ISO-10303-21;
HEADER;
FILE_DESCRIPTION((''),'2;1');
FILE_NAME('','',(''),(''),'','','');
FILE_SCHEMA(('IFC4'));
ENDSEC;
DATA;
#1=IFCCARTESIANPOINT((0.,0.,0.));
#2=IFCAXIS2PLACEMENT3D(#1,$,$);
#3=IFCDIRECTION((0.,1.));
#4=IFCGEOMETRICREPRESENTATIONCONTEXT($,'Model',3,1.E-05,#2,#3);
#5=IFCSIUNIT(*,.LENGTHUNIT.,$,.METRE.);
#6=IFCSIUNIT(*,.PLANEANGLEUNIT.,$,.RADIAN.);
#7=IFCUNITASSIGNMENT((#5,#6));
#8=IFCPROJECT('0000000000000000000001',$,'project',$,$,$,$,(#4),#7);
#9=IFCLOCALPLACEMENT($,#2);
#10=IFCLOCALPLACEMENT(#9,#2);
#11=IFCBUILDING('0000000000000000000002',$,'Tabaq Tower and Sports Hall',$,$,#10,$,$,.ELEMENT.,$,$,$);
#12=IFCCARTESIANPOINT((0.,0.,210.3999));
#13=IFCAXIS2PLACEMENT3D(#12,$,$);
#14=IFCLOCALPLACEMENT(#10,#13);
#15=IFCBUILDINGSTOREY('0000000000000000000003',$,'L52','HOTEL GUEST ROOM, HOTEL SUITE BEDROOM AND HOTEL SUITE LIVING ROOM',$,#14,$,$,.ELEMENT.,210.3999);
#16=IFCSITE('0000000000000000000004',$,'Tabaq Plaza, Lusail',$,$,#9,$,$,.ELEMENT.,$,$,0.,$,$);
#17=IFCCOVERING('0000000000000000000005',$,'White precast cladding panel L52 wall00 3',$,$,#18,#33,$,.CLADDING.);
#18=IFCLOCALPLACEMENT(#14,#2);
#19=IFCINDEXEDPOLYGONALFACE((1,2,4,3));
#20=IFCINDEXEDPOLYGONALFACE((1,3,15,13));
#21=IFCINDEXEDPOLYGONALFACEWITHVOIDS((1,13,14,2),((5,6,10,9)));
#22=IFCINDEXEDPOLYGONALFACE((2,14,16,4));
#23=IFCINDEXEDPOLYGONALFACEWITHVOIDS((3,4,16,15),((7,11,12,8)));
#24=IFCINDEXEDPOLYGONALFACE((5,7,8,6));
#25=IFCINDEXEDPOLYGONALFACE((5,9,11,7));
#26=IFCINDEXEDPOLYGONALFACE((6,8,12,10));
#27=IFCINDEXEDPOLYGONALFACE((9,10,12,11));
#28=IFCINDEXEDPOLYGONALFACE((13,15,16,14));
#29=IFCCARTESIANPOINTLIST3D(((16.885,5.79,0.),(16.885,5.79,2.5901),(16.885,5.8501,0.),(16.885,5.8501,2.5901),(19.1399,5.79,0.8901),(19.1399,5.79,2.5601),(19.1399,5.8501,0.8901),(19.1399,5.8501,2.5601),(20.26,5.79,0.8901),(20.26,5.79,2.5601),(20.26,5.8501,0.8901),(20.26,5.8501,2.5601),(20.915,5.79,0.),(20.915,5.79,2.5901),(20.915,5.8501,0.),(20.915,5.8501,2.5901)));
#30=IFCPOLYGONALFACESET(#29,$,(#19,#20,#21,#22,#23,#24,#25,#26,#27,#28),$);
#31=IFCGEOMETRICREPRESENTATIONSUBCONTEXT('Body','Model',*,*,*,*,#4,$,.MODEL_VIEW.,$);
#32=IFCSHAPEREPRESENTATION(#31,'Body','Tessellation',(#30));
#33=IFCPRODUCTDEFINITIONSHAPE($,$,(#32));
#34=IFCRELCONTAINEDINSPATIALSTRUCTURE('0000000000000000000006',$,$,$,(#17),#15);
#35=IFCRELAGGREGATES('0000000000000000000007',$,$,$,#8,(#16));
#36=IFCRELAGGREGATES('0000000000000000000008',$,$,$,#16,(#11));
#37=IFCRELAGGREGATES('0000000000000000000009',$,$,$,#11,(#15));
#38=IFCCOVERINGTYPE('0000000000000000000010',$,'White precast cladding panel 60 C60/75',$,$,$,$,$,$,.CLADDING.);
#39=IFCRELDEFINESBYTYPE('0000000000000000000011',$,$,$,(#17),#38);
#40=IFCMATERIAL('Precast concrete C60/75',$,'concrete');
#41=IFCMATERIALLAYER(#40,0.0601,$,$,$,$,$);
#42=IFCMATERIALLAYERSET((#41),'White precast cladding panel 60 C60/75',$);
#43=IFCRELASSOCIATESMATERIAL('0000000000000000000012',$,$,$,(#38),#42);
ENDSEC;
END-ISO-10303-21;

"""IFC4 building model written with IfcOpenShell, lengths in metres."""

from ifc_helpers import new_model, si_unit, direction, frame, origin, place, context, subcontext, project, spatial, polyline, outline, extrude, material, layer, layer_set, type_object, element, save


model = new_model("IFC4")

# Units and contexts
model_context = context("Model", 3, precision=1e-05, world=origin(), true_north=direction((0.0, 1.0)))
body_context = subcontext(model_context, "Body", "Model", "MODEL_VIEW")
ifc_project = project(units=[si_unit("LENGTHUNIT", "METRE"), si_unit("PLANEANGLEUNIT", "RADIAN")], contexts=[model_context])

# Site, building, storey
site_placement = place(None, origin())
site = spatial("IfcSite", under=ifc_project, at=site_placement, Name="Tabaq Plaza, Lusail", CompositionType="ELEMENT", RefElevation=0.0)
building_placement = place(site_placement, origin())
building = spatial("IfcBuilding", under=site, at=building_placement, Name="Tabaq Tower and Sports Hall", CompositionType="ELEMENT")
storey_placement = place(building_placement, frame((0.0, 0.0, 210.3999)))
storey = spatial("IfcBuildingStorey", under=building, at=storey_placement, Name="L52", Description="HOTEL GUEST ROOM, HOTEL SUITE BEDROOM AND HOTEL SUITE LIVING ROOM", CompositionType="ELEMENT", Elevation=210.3999)

# Covering
ifc_material_1 = material(Name="Precast concrete C60/75", Category="concrete")
ifc_layer_1 = layer(ifc_material_1, 0.0601)
ifc_layer_set_1 = layer_set([ifc_layer_1], Name="White precast cladding panel 60 C60/75")
covering_type = type_object("IfcCoveringType", Name="White precast cladding panel 60 C60/75", PredefinedType="CLADDING", material=ifc_layer_set_1)
covering_placement = place(storey_placement, frame((16.885, 5.8201, 0.0), z_axis=(0.0, 0.0, 1.0), x_axis=(1.0, 0.0, 0.0)))
element("IfcCovering", 1, at=covering_placement, inside=storey, type_object=covering_type, Name="White precast cladding panel L52 wall00 3", PredefinedType="CLADDING", context=body_context, shape_type="SweptSolid", body=[
    extrude(outline(polyline([(0.0, 0.0), (4.03, 0.0), (4.03, 2.5901), (0.0, 2.5901), (0.0, 0.0)]), holes=[polyline([(3.375, 0.8901), (2.2549, 0.8901), (2.2549, 2.5601), (3.375, 2.5601), (3.375, 0.8901)])]), frame((0.0, 0.03, 0.0), z_axis=(0.0, -1.0, 0.0), x_axis=(1.0, 0.0, 0.0)), (0.0, 0.0, 1.0), 0.0601),
])

save(model, "model.ifc")
